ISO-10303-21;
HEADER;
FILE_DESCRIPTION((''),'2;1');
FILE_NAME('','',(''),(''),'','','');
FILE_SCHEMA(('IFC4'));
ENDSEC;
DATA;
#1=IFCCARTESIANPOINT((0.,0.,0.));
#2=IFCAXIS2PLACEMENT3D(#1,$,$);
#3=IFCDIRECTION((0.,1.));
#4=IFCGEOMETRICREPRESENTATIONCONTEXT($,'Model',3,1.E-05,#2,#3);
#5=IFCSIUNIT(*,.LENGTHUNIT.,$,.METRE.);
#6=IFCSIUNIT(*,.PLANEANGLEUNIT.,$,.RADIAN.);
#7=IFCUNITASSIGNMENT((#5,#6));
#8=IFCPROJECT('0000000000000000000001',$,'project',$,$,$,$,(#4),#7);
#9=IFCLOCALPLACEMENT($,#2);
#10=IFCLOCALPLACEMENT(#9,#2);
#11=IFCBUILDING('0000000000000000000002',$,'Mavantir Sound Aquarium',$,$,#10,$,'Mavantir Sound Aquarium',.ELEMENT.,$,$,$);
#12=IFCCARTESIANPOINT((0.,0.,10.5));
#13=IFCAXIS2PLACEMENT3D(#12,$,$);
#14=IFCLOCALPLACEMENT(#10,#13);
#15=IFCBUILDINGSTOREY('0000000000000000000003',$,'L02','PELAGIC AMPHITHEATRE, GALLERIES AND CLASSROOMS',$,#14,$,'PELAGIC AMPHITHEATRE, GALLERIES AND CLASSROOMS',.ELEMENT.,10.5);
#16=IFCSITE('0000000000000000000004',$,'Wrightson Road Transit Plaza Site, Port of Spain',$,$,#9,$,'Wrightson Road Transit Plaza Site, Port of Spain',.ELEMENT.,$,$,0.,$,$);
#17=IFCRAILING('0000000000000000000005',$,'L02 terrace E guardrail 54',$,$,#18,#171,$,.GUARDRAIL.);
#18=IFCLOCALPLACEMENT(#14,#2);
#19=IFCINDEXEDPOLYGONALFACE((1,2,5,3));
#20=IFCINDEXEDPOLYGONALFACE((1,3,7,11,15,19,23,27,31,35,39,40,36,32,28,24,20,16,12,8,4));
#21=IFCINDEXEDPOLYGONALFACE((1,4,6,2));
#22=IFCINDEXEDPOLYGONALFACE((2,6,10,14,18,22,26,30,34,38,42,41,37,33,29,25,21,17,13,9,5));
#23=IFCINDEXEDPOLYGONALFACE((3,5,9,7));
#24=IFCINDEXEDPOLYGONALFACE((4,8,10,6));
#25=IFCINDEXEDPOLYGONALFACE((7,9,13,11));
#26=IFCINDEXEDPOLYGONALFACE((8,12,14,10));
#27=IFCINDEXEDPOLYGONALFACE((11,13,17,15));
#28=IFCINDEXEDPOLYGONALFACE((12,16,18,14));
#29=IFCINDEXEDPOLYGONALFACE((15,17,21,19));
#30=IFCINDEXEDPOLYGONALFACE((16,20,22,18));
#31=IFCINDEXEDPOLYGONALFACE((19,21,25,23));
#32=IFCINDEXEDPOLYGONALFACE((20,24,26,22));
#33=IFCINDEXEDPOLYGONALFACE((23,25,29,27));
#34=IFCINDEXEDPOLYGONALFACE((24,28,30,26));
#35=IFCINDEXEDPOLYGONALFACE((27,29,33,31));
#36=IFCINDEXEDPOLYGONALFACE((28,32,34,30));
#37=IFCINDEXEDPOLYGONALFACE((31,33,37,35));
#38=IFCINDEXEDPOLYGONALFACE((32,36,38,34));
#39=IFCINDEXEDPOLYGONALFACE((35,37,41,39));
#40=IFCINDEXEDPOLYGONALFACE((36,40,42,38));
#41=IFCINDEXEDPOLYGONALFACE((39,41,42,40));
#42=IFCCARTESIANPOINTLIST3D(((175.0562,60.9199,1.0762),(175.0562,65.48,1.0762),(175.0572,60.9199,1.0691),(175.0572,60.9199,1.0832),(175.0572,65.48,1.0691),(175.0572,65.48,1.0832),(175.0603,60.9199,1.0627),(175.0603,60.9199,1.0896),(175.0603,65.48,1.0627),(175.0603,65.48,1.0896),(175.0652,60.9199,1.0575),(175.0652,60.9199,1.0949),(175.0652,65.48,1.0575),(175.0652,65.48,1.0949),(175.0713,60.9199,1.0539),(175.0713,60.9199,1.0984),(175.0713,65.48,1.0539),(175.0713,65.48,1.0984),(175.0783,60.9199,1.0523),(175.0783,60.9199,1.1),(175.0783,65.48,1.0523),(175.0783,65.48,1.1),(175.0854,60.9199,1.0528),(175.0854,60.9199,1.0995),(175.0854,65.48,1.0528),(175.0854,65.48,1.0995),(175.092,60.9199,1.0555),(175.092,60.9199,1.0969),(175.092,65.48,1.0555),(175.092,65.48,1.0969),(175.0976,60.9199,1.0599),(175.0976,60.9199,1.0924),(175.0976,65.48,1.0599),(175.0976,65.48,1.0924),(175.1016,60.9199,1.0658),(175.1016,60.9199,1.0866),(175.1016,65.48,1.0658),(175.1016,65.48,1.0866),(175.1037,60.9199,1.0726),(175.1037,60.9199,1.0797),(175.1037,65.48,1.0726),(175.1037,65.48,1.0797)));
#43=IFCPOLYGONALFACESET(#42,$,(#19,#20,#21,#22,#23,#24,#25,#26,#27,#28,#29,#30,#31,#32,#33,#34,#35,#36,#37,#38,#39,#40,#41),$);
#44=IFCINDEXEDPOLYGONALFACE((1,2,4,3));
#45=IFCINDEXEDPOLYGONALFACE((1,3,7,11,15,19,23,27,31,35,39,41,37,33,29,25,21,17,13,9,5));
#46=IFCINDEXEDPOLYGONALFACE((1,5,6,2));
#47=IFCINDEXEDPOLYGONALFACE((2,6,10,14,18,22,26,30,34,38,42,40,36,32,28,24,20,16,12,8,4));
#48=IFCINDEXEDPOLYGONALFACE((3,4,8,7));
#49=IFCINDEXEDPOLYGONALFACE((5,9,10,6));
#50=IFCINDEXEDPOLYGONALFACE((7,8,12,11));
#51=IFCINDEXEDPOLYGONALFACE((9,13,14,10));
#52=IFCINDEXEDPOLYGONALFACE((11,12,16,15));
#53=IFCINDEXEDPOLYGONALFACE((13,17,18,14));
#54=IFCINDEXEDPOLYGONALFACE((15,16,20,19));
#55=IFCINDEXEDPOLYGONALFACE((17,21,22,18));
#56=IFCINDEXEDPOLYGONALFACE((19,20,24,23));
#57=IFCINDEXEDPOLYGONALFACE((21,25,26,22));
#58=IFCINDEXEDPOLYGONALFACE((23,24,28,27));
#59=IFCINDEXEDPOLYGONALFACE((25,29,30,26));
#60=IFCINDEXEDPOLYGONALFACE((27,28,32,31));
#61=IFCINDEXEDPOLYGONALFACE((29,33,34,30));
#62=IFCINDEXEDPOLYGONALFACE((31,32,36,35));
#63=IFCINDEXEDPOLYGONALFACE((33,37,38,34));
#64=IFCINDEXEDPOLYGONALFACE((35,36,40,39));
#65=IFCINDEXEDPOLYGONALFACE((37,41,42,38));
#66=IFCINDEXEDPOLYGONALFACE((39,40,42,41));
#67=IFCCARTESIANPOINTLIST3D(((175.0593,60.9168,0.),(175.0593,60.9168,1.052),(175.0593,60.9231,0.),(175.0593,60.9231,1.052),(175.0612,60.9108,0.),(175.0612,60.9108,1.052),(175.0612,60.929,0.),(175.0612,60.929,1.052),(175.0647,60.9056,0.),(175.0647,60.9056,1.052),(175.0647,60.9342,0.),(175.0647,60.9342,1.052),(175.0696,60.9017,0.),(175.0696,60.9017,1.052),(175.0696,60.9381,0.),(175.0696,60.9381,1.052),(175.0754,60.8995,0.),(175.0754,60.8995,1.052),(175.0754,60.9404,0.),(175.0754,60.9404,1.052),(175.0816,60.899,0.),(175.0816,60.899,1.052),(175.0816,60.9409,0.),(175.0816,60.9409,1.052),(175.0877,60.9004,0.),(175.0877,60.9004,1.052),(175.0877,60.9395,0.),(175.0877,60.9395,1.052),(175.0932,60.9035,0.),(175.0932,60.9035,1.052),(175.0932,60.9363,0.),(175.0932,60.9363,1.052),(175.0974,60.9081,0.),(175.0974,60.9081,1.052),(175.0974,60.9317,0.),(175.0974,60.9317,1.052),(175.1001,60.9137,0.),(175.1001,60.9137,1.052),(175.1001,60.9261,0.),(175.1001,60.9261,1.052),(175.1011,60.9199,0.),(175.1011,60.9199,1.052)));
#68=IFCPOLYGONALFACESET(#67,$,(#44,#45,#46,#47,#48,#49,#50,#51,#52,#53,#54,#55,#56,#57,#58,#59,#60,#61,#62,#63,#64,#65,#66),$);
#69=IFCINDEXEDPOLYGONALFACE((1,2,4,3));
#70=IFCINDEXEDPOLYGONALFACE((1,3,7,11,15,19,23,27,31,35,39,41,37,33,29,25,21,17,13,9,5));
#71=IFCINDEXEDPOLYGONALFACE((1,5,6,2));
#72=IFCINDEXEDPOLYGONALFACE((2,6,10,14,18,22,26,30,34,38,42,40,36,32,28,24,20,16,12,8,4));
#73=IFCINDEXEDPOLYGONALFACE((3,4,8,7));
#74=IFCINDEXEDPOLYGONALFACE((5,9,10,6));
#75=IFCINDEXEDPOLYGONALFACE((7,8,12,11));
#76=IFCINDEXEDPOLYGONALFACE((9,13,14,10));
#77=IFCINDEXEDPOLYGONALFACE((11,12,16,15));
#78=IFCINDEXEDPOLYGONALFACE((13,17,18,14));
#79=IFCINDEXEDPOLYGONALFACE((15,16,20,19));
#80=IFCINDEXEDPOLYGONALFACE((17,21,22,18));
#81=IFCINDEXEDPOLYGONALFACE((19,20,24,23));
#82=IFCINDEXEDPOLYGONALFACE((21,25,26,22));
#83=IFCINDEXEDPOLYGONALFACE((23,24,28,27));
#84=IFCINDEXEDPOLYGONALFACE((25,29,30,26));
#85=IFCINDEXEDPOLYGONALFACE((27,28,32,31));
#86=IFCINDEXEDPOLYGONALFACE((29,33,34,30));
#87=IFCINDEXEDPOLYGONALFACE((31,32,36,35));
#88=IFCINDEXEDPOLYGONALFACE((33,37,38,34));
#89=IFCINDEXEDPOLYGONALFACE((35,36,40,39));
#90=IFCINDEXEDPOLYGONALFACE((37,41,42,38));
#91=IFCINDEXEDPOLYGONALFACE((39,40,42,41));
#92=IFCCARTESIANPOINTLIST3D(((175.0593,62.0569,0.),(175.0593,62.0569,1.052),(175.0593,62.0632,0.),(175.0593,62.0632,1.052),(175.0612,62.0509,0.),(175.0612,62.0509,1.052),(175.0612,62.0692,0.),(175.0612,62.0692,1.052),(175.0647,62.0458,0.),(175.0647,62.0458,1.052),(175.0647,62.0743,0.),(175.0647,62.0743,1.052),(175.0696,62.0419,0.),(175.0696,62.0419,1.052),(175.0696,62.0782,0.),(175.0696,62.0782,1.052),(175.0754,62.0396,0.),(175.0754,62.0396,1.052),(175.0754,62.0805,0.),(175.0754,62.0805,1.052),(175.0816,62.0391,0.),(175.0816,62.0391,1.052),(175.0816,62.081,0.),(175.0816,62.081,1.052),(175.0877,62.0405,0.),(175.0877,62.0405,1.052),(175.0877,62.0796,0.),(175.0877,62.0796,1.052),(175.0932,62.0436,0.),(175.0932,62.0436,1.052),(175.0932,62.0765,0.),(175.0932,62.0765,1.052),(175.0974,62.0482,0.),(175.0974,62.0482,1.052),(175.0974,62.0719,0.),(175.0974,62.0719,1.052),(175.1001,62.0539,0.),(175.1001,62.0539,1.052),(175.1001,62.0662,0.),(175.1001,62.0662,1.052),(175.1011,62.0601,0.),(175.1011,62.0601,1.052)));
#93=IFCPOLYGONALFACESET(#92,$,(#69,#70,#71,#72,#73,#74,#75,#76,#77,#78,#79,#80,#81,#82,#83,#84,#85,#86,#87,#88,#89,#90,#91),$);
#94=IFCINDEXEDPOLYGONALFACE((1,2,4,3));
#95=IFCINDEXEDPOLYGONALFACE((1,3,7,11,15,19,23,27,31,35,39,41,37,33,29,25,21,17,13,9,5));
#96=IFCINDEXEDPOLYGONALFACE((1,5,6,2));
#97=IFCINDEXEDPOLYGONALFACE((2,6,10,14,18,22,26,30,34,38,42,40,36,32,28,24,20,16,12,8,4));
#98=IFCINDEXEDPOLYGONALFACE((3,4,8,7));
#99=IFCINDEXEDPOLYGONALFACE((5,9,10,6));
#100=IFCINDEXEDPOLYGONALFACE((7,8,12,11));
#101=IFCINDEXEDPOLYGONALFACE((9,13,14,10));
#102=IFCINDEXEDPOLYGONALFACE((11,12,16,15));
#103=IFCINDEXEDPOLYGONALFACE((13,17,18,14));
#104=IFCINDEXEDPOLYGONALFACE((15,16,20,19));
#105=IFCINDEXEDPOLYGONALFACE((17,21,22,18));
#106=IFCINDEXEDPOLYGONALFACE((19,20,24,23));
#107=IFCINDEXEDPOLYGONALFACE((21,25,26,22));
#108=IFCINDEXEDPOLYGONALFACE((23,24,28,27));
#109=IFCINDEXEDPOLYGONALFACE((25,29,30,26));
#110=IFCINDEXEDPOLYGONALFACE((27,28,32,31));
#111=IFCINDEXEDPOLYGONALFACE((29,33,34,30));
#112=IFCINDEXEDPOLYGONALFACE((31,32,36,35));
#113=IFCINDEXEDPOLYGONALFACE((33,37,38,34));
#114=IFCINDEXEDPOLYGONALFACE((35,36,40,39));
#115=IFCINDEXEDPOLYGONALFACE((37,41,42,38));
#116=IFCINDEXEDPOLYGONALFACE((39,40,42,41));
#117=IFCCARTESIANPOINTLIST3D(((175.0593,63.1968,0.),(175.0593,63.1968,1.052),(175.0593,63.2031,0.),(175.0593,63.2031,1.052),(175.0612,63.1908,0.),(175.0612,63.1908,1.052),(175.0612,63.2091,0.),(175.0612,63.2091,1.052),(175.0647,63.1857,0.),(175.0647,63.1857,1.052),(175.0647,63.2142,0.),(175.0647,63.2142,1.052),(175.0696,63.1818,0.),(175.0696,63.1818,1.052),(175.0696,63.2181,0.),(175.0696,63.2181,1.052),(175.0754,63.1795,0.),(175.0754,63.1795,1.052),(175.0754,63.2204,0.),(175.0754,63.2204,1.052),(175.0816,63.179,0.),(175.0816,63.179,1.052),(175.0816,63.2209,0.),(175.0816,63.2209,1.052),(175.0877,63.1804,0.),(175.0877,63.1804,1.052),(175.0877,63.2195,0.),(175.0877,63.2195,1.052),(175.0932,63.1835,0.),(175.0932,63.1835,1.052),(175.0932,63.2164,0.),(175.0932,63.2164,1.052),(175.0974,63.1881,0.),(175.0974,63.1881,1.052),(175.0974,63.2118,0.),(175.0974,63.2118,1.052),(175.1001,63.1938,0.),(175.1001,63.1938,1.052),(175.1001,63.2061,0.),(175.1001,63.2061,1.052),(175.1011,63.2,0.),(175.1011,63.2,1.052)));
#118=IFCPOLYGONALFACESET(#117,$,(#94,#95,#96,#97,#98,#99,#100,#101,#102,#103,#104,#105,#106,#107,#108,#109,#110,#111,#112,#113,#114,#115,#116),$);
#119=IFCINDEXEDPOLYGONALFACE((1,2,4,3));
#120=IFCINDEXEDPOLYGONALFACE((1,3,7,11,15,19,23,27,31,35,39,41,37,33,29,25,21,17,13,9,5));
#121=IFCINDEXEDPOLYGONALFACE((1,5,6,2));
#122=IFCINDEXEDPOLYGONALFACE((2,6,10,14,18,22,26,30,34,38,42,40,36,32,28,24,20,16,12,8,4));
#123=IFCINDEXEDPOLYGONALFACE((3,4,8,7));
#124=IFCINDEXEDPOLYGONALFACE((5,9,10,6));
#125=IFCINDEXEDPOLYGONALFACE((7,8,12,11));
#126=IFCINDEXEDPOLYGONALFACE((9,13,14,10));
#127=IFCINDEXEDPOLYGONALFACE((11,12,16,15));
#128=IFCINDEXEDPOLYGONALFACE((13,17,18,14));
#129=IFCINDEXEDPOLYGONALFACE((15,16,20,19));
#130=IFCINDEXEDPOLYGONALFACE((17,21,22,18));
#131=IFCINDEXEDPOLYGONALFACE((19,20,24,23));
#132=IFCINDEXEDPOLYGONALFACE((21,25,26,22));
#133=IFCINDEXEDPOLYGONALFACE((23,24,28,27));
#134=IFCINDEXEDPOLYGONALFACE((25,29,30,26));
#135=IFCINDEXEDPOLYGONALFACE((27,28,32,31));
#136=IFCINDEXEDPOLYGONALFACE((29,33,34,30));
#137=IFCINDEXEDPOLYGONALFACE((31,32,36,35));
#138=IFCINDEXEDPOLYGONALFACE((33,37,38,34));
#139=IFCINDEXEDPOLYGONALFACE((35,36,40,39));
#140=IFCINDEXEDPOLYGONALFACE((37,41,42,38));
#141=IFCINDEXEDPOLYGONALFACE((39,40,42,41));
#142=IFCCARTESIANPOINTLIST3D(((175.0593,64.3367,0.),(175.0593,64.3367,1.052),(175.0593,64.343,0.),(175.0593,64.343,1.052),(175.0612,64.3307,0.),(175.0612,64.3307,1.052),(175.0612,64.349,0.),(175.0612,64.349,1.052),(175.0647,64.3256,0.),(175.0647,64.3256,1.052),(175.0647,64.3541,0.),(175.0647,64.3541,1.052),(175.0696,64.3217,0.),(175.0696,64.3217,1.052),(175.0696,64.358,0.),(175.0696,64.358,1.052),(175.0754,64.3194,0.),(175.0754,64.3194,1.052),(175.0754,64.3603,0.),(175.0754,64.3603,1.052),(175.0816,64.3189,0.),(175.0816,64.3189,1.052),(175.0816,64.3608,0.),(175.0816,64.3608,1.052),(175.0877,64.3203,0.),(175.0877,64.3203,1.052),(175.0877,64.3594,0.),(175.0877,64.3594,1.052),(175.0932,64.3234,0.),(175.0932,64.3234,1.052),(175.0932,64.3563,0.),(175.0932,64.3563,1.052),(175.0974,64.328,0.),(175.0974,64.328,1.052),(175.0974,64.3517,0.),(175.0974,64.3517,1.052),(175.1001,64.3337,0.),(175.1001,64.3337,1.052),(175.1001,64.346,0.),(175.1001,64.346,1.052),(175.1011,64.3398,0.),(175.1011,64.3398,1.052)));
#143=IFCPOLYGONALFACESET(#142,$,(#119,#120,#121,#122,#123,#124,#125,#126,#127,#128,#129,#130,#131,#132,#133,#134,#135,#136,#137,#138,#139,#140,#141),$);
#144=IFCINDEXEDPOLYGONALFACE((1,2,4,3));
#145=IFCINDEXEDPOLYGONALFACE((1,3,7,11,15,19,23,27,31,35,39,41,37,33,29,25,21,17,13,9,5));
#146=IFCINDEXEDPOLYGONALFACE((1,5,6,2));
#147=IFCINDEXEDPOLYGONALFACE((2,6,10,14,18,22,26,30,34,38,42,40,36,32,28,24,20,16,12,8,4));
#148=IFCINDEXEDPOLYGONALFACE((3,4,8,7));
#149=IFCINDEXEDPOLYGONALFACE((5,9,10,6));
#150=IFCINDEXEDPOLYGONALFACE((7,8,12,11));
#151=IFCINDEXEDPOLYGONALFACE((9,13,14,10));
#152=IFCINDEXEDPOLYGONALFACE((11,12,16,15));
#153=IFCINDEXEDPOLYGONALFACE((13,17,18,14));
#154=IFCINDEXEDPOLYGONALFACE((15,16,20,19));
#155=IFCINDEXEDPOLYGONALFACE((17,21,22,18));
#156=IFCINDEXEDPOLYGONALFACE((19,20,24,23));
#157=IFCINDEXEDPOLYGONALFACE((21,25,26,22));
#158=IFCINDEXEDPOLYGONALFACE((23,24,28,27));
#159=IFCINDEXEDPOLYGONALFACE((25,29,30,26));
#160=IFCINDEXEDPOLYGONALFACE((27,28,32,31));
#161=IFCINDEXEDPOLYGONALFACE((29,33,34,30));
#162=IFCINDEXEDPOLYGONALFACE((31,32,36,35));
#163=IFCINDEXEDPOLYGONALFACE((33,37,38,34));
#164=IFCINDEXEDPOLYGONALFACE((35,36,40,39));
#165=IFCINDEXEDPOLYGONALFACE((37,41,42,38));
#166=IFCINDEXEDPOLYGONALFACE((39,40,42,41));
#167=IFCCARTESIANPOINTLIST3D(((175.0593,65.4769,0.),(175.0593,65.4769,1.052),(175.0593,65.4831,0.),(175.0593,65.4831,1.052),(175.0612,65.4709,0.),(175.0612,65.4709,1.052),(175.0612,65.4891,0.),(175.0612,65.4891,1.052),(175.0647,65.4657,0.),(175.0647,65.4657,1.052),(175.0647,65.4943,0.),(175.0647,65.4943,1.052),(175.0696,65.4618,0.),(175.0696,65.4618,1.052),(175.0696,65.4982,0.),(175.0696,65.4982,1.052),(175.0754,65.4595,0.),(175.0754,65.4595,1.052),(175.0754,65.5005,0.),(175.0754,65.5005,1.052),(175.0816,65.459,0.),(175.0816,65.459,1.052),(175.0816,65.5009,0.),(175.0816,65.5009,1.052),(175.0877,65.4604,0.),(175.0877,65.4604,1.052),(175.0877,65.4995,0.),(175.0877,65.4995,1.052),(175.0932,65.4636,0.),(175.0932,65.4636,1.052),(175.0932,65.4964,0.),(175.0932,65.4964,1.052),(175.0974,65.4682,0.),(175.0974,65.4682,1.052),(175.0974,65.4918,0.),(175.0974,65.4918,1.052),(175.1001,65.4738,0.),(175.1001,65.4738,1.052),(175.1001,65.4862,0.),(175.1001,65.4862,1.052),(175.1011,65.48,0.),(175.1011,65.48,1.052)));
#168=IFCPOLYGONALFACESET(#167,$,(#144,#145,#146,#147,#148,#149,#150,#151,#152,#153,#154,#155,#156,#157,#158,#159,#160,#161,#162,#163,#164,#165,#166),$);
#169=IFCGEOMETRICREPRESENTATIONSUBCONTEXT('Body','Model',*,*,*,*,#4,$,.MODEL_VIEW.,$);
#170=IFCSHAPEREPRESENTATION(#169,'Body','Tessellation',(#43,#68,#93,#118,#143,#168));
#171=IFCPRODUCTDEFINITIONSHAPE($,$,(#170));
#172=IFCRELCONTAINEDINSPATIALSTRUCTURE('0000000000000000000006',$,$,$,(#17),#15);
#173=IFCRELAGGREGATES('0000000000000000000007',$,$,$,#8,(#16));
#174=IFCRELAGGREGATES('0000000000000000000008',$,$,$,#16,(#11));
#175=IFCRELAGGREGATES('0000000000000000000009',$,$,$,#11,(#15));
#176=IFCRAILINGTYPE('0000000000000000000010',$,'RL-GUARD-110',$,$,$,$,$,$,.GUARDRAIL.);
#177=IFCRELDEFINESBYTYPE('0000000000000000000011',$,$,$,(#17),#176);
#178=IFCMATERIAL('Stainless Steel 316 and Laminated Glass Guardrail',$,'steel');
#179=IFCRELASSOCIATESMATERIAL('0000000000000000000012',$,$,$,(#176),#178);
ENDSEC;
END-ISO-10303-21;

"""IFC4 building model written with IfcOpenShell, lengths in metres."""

from ifc_helpers import new_model, si_unit, direction, frame, origin, origin_2d, place, context, subcontext, project, spatial, circle, extrude, material, type_object, element, save


model = new_model("IFC4")

# Units and contexts
model_context = context("Model", 3, precision=1e-05, world=origin(), true_north=direction((0.0, 1.0)))
body_context = subcontext(model_context, "Body", "Model", "MODEL_VIEW")
ifc_project = project(units=[si_unit("LENGTHUNIT", "METRE"), si_unit("PLANEANGLEUNIT", "RADIAN")], contexts=[model_context])

# Site, building, storey
site_placement = place(None, origin())
site = spatial("IfcSite", under=ifc_project, at=site_placement, Name="Wrightson Road Transit Plaza Site, Port of Spain", LongName="Wrightson Road Transit Plaza Site, Port of Spain", CompositionType="ELEMENT", RefElevation=0.0)
building_placement = place(site_placement, origin())
building = spatial("IfcBuilding", under=site, at=building_placement, Name="Mavantir Sound Aquarium", LongName="Mavantir Sound Aquarium", CompositionType="ELEMENT")
storey_placement = place(building_placement, frame((0.0, 0.0, 10.5)))
storey = spatial("IfcBuildingStorey", under=building, at=storey_placement, Name="L02", Description="PELAGIC AMPHITHEATRE, GALLERIES AND CLASSROOMS", LongName="PELAGIC AMPHITHEATRE, GALLERIES AND CLASSROOMS", CompositionType="ELEMENT", Elevation=10.5)

# Railing
ifc_material_1 = material(Name="Stainless Steel 316 and Laminated Glass Guardrail", Category="steel")
railing_type = type_object("IfcRailingType", Name="RL-GUARD-110", PredefinedType="GUARDRAIL", material=ifc_material_1)
railing_1_placement = place(storey_placement, frame((175.0801, 60.9199, 0.0)))
element("IfcRailing", 1, at=railing_1_placement, inside=storey, type_object=railing_type, Name="L02 terrace E guardrail 54", PredefinedType="GUARDRAIL", context=body_context, shape_type="SweptSolid", body=[
    extrude(circle(Radius=0.0239, at=origin_2d()), frame((0.0, 0.0, 1.0762), z_axis=(0.0, 1.0, 0.0), x_axis=(-1.0, 0.0, 0.0)), (0.0, 0.0, 1.0), 4.5601),
    extrude(circle(Radius=0.021, at=origin_2d()), origin(), (0.0, 0.0, 1.0), 1.052),
    extrude(circle(Radius=0.021, at=origin_2d()), frame((0.0, 1.1401, 0.0)), (0.0, 0.0, 1.0), 1.052),
    extrude(circle(Radius=0.021, at=origin_2d()), frame((0.0, 2.28, 0.0)), (0.0, 0.0, 1.0), 1.052),
    extrude(circle(Radius=0.021, at=origin_2d()), frame((0.0, 3.4199, 0.0)), (0.0, 0.0, 1.0), 1.052),
    extrude(circle(Radius=0.021, at=origin_2d()), frame((0.0, 4.5601, 0.0)), (0.0, 0.0, 1.0), 1.052),
])

save(model, "model.ifc")
